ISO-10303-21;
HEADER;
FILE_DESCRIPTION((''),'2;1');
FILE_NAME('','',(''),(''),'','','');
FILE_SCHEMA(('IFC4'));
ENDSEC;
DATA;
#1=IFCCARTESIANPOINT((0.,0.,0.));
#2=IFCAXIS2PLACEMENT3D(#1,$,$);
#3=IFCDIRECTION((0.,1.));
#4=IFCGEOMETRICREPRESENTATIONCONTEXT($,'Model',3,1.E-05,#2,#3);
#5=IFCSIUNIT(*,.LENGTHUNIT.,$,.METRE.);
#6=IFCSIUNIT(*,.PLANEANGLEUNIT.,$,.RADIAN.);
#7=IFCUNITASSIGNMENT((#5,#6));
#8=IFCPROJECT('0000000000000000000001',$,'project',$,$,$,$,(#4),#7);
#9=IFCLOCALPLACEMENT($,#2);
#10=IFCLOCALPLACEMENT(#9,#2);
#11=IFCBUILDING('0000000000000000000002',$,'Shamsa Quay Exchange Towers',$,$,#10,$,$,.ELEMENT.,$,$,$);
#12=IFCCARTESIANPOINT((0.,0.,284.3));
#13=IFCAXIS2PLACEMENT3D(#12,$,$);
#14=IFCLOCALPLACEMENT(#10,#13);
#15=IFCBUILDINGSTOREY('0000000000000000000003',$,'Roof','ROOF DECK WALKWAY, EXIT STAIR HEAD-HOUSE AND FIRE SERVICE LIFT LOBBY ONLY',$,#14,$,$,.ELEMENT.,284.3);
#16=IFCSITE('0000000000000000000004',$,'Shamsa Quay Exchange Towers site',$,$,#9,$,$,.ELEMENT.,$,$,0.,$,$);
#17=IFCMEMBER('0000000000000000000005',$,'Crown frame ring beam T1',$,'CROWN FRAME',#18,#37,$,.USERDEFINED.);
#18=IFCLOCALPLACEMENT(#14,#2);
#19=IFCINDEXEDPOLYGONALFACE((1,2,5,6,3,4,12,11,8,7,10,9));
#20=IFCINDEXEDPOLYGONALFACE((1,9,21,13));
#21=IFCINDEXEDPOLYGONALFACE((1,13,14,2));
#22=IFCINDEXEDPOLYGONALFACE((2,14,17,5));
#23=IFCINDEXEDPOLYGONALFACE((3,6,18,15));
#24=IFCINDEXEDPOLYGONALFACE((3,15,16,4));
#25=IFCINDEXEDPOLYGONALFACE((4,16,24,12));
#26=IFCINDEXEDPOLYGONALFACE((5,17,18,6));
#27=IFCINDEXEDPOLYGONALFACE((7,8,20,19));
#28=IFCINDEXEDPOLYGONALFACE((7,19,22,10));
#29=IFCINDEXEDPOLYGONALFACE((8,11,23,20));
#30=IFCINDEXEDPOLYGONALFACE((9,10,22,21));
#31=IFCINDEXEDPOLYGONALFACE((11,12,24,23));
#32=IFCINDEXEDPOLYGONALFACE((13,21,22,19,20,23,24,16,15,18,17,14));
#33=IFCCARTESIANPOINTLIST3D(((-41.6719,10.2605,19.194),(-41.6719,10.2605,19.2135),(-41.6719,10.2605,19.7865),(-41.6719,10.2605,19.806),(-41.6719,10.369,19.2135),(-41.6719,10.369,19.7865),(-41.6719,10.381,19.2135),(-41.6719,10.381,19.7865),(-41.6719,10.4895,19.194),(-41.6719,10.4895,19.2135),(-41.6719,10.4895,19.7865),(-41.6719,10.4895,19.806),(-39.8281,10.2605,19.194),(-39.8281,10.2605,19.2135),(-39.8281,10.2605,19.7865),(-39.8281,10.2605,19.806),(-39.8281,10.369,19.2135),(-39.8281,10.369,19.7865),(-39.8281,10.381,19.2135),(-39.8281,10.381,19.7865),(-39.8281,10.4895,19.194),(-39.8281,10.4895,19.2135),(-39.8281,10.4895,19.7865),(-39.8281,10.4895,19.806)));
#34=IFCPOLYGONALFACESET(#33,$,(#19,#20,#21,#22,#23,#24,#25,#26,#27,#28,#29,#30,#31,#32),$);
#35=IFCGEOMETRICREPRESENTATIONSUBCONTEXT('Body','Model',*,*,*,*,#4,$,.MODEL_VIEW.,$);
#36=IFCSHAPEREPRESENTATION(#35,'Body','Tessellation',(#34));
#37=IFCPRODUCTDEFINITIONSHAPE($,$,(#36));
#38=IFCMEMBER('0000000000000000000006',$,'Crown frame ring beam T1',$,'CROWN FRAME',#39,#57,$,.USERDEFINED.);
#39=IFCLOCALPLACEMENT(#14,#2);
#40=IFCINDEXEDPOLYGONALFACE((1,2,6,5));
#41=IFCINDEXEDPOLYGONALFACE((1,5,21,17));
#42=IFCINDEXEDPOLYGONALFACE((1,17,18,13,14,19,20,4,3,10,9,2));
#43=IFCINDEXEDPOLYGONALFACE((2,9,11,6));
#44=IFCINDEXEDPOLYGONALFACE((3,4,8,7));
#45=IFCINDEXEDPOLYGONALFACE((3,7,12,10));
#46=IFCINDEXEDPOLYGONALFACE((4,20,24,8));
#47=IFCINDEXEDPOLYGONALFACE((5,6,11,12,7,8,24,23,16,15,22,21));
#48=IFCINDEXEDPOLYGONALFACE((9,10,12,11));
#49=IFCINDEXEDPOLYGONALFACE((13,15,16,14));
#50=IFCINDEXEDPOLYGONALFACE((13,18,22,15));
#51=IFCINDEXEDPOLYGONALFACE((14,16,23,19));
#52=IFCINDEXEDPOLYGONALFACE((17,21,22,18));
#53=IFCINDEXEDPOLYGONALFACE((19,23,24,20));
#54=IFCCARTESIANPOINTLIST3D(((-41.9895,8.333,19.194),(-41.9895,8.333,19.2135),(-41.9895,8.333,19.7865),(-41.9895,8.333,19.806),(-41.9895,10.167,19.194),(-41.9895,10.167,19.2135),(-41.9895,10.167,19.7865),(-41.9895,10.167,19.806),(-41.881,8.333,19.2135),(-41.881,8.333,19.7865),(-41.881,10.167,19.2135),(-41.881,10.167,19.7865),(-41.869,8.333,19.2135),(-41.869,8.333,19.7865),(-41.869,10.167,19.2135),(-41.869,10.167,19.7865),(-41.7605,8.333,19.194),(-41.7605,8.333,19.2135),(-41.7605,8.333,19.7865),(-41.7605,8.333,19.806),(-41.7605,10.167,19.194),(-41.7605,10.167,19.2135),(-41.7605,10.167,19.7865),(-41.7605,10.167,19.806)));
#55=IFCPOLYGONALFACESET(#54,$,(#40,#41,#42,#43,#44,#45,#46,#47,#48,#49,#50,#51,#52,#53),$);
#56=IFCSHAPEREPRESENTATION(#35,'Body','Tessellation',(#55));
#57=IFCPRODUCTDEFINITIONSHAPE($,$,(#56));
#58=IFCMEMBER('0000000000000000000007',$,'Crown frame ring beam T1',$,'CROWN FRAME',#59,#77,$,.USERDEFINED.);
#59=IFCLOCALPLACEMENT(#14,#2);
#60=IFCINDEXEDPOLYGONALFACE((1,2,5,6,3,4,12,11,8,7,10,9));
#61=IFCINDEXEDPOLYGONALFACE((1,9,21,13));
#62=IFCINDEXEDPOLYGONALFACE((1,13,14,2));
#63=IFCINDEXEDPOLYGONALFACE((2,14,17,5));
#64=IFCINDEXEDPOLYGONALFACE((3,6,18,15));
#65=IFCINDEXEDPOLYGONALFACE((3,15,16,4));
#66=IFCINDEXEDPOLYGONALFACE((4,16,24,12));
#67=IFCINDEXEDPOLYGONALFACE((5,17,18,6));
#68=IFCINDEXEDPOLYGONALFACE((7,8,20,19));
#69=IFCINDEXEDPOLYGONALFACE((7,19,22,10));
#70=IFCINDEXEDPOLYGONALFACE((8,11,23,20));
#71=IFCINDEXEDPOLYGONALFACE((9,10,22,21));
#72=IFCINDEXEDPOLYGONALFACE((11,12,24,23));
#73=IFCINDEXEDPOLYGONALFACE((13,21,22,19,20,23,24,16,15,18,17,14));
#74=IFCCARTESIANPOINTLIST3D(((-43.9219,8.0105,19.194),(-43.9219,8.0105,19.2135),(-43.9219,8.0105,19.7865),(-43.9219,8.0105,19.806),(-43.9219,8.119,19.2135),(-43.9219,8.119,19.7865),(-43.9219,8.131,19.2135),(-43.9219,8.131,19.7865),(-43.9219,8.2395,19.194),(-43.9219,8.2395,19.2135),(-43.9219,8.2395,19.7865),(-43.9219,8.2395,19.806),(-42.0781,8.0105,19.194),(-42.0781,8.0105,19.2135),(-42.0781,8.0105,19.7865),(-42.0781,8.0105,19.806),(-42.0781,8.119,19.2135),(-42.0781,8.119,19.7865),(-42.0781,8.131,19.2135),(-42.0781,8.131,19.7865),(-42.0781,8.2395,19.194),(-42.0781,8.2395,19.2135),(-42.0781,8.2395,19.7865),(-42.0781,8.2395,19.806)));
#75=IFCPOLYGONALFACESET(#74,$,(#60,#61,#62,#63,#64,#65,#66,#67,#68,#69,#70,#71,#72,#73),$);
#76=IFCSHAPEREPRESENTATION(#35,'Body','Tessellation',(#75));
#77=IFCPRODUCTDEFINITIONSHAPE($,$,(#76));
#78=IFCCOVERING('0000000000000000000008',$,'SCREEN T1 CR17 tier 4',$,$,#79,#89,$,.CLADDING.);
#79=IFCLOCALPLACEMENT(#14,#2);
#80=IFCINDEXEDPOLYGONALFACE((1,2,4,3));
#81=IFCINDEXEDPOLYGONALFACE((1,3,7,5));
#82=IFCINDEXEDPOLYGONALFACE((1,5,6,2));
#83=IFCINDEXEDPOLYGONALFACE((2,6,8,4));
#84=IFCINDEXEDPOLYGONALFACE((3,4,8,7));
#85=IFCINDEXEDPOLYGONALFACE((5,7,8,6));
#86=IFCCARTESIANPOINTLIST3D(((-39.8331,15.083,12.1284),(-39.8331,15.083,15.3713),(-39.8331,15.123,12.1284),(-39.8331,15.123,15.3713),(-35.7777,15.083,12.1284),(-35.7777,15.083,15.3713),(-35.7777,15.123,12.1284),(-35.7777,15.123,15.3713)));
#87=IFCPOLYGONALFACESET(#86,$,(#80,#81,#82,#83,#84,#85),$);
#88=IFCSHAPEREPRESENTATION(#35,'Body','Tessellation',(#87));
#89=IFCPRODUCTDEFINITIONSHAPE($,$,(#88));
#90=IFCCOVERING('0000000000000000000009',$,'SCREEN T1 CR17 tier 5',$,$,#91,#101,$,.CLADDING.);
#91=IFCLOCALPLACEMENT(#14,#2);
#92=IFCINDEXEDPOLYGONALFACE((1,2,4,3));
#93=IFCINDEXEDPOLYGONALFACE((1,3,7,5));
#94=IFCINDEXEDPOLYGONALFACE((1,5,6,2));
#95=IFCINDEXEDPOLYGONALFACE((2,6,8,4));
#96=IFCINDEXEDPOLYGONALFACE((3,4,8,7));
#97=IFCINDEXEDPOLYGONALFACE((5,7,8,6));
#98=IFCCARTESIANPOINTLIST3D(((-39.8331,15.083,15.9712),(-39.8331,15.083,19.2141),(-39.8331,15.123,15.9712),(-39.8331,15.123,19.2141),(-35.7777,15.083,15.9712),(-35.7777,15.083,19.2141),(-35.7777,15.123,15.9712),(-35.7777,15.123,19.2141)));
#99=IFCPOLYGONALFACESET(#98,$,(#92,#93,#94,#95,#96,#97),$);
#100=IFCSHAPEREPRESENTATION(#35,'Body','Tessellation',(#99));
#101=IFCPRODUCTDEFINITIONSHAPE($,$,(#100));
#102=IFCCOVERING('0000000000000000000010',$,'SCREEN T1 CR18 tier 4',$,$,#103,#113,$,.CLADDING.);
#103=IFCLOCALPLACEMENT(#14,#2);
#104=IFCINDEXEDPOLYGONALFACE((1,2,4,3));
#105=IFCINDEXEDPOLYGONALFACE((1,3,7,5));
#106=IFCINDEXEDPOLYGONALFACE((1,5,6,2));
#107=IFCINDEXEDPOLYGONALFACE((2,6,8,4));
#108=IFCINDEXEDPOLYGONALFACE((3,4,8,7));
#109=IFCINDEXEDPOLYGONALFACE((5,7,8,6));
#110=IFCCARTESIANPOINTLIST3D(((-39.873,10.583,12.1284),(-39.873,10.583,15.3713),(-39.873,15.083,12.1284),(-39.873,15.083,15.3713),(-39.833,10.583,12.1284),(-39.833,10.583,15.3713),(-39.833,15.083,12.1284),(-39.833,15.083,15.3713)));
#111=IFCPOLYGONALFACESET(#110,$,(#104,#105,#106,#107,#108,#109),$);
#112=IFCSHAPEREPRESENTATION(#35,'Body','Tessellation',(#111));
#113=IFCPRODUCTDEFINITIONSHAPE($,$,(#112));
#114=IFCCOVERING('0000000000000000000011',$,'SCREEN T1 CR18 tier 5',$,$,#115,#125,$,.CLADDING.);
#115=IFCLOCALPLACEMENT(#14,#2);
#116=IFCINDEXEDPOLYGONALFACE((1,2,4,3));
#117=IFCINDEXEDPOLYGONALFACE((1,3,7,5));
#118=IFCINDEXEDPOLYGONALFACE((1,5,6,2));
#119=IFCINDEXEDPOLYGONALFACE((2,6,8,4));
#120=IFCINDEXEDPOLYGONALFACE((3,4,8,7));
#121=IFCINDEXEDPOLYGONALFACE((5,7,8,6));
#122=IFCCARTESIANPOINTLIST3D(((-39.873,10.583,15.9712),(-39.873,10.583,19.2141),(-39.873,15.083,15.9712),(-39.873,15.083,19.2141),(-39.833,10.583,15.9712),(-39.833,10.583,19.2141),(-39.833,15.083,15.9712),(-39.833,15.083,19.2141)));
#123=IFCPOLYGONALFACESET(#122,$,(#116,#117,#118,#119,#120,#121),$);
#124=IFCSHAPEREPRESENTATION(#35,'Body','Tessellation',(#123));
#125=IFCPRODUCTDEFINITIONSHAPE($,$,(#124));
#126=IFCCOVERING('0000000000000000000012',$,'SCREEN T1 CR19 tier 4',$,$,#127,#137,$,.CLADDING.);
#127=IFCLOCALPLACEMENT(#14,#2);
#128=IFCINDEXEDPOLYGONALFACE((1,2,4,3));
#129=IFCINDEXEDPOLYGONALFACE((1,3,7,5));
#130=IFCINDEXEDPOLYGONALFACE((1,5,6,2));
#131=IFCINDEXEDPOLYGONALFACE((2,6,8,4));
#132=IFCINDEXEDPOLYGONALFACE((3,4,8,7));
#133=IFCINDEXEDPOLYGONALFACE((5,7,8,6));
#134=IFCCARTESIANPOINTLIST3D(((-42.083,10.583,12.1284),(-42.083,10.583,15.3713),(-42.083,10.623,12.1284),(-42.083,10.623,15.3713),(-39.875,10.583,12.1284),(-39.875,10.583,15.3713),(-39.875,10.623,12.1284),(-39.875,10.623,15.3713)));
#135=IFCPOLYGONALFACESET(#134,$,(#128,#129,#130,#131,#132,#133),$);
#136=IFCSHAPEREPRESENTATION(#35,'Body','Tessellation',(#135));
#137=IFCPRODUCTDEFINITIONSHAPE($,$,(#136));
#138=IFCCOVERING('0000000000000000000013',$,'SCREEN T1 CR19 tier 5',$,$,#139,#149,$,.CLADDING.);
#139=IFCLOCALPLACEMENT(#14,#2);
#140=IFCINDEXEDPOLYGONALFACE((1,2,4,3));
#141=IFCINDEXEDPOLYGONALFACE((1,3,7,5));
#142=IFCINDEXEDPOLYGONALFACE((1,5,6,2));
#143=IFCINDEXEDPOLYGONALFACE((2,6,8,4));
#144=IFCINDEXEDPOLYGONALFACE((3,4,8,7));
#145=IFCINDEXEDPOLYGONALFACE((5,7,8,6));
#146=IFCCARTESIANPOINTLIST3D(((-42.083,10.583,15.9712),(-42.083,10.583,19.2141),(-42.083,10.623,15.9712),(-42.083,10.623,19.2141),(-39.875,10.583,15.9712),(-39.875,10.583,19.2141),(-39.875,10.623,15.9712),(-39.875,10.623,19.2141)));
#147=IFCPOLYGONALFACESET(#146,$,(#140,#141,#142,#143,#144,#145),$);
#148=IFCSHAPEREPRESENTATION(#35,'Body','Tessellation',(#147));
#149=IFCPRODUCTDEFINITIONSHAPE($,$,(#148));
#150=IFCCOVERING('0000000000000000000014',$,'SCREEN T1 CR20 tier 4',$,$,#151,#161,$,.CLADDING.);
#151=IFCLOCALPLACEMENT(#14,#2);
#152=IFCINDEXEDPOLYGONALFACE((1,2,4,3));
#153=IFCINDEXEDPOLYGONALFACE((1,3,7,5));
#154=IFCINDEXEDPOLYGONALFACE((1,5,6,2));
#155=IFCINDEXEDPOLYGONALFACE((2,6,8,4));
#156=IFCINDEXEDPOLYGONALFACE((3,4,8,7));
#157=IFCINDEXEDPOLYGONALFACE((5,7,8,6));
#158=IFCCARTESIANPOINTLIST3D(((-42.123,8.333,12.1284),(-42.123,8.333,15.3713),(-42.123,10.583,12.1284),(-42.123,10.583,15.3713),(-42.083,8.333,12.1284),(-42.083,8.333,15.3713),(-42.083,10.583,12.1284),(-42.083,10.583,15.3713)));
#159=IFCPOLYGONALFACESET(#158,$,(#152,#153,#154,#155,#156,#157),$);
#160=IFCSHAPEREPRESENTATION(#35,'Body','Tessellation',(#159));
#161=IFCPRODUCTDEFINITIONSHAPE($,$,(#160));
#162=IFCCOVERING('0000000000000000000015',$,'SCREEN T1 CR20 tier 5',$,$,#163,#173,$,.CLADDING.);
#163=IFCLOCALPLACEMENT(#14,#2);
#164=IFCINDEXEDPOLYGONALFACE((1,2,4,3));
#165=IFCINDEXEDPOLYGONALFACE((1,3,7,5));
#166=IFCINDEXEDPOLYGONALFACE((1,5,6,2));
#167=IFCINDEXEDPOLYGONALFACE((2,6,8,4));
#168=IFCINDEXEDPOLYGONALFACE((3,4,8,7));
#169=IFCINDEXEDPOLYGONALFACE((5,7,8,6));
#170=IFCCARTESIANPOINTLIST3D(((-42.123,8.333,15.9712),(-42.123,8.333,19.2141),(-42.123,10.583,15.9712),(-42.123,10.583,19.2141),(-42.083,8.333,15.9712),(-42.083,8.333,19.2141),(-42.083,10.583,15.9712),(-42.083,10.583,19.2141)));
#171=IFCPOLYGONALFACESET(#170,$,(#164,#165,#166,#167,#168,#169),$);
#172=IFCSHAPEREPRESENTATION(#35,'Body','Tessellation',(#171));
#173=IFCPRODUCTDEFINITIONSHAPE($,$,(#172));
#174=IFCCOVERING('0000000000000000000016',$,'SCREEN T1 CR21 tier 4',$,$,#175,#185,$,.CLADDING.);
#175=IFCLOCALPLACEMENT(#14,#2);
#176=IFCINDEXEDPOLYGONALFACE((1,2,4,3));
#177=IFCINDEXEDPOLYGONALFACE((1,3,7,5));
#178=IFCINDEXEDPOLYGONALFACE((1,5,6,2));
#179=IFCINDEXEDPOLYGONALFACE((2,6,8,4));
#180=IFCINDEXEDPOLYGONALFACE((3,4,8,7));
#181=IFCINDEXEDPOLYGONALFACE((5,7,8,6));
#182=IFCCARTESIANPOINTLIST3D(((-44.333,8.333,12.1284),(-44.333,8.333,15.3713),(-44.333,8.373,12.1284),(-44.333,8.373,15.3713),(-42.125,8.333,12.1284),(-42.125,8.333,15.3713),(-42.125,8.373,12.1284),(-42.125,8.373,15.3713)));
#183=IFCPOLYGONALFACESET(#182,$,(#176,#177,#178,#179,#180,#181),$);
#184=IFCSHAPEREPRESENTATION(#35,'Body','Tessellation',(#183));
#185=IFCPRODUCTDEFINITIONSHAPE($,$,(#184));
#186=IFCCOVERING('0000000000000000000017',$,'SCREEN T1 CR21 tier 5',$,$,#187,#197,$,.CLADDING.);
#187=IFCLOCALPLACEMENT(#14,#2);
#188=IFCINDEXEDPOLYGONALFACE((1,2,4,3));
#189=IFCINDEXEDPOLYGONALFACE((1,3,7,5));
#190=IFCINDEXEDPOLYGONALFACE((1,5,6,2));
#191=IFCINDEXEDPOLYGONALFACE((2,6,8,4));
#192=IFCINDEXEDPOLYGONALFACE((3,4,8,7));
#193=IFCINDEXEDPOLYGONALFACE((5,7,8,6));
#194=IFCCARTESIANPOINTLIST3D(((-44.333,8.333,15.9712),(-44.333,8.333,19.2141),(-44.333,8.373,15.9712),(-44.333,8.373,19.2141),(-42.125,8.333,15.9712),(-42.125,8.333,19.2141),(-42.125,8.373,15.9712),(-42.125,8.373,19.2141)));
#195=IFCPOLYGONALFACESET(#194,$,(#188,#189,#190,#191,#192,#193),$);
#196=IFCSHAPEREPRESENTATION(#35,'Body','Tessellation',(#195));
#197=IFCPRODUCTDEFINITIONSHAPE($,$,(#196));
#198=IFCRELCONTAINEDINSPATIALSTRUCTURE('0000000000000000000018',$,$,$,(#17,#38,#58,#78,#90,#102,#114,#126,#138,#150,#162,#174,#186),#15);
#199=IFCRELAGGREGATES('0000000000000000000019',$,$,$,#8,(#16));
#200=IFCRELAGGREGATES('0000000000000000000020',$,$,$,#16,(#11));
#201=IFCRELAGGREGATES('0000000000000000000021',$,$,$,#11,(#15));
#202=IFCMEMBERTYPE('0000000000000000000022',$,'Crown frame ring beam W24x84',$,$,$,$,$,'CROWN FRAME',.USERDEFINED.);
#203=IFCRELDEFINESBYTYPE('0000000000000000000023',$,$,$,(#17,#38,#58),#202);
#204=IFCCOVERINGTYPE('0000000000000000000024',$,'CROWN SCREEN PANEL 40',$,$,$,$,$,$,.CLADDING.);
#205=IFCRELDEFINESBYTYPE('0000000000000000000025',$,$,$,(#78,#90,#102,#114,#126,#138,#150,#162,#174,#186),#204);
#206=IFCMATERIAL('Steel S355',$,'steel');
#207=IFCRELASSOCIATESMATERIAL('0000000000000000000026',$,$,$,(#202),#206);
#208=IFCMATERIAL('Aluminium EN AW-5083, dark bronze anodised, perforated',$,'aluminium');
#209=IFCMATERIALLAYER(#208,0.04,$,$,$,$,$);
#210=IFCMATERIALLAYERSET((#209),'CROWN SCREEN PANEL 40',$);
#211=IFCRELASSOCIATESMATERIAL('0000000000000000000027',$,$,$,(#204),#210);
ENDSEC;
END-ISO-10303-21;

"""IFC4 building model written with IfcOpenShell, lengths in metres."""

from ifc_helpers import new_model, si_unit, direction, frame, origin, origin_2d, place, context, subcontext, project, spatial, rectangle, i_section, extrude, material, layer, layer_set, material_profile, profile_set, type_object, element, save


model = new_model("IFC4")

# Units and contexts
model_context = context("Model", 3, precision=1e-05, world=origin(), true_north=direction((0.0, 1.0)))
body_context = subcontext(model_context, "Body", "Model", "MODEL_VIEW")
ifc_project = project(units=[si_unit("LENGTHUNIT", "METRE"), si_unit("PLANEANGLEUNIT", "RADIAN")], contexts=[model_context])

# Site, building, storey
site_placement = place(None, origin())
site = spatial("IfcSite", under=ifc_project, at=site_placement, Name="Shamsa Quay Exchange Towers site", CompositionType="ELEMENT", RefElevation=0.0)
building_placement = place(site_placement, origin())
building = spatial("IfcBuilding", under=site, at=building_placement, Name="Shamsa Quay Exchange Towers", CompositionType="ELEMENT")
storey_placement = place(building_placement, frame((0.0, 0.0, 284.3)))
storey = spatial("IfcBuildingStorey", under=building, at=storey_placement, Name="Roof", Description="ROOF DECK WALKWAY, EXIT STAIR HEAD-HOUSE AND FIRE SERVICE LIFT LOBBY ONLY", CompositionType="ELEMENT", Elevation=284.3)

# Members
ifc_material_1 = material(Name="Steel S355", Category="steel")
ifc_material_profile_1 = material_profile(ifc_material_1, i_section(OverallWidth=0.229, OverallDepth=0.6121, WebThickness=0.012, FlangeThickness=0.0195, at=origin_2d()), Name="W24x84")
ifc_profile_set_1 = profile_set([ifc_material_profile_1], Name="Steel S355")
member_type_1 = type_object("IfcMemberType", Name="Crown frame ring beam W24x84", ElementType="CROWN FRAME", PredefinedType="USERDEFINED", material=ifc_profile_set_1)
member_1_placement = place(storey_placement, frame((-39.8281, 10.375, 19.5), z_axis=(-1.0, 0.0, 0.0), x_axis=(0.0, -1.0, 0.0)))
element("IfcMember", 1, at=member_1_placement, inside=storey, type_object=member_type_1, Name="Crown frame ring beam T1", ObjectType="CROWN FRAME", PredefinedType="USERDEFINED", context=body_context, shape_type="SweptSolid", body=[
    extrude(i_section(OverallWidth=0.229, OverallDepth=0.6121, WebThickness=0.012, FlangeThickness=0.0195, at=origin_2d()), origin(), (0.0, 0.0, 1.0), 1.8438),
])
member_2_placement = place(storey_placement, frame((-41.875, 10.167, 19.5), z_axis=(0.0, -1.0, 0.0), x_axis=(1.0, 0.0, 0.0)))
element("IfcMember", 2, at=member_2_placement, inside=storey, type_object=member_type_1, Name="Crown frame ring beam T1", ObjectType="CROWN FRAME", PredefinedType="USERDEFINED", context=body_context, shape_type="SweptSolid", body=[
    extrude(i_section(OverallWidth=0.229, OverallDepth=0.6121, WebThickness=0.012, FlangeThickness=0.0195, at=origin_2d()), origin(), (0.0, 0.0, 1.0), 1.834),
])
member_3_placement = place(storey_placement, frame((-42.0781, 8.125, 19.5), z_axis=(-1.0, 0.0, 0.0), x_axis=(0.0, -1.0, 0.0)))
element("IfcMember", 3, at=member_3_placement, inside=storey, type_object=member_type_1, Name="Crown frame ring beam T1", ObjectType="CROWN FRAME", PredefinedType="USERDEFINED", context=body_context, shape_type="SweptSolid", body=[
    extrude(i_section(OverallWidth=0.229, OverallDepth=0.6121, WebThickness=0.012, FlangeThickness=0.0195, at=origin_2d()), origin(), (0.0, 0.0, 1.0), 1.8438),
])

# Coverings
ifc_material_2 = material(Name="Aluminium EN AW-5083, dark bronze anodised, perforated", Category="aluminium")
ifc_layer = layer(ifc_material_2, 0.04)
ifc_layer_set = layer_set([ifc_layer], Name="CROWN SCREEN PANEL 40")
covering_type = type_object("IfcCoveringType", Name="CROWN SCREEN PANEL 40", PredefinedType="CLADDING", material=ifc_layer_set)
for number, where, z_axis, x_axis, name in (
    (4, (-37.8054, 15.103, 12.1284), (0.0, 0.0, 1.0), (-1.0, 0.0, 0.0), "SCREEN T1 CR17 tier 4"),
    (5, (-37.8054, 15.103, 15.9712), (0.0, 0.0, 1.0), (-1.0, 0.0, 0.0), "SCREEN T1 CR17 tier 5"),
):
    element("IfcCovering", number, at=place(storey_placement, frame(where, z_axis=z_axis, x_axis=x_axis)), inside=storey, type_object=covering_type, Name=name, PredefinedType="CLADDING", context=body_context, shape_type="SweptSolid", body=[
        extrude(rectangle(XDim=4.0554, YDim=0.04, at=origin_2d()), origin(), (0.0, 0.0, 1.0), 3.2429),
    ])
for number, where, z_axis, x_axis, name in (
    (6, (-39.853, 12.833, 12.1284), (0.0, 0.0, 1.0), (0.0, -1.0, 0.0), "SCREEN T1 CR18 tier 4"),
    (7, (-39.853, 12.833, 15.9712), (0.0, 0.0, 1.0), (0.0, -1.0, 0.0), "SCREEN T1 CR18 tier 5"),
):
    element("IfcCovering", number, at=place(storey_placement, frame(where, z_axis=z_axis, x_axis=x_axis)), inside=storey, type_object=covering_type, Name=name, PredefinedType="CLADDING", context=body_context, shape_type="SweptSolid", body=[
        extrude(rectangle(XDim=4.5, YDim=0.04, at=origin_2d()), origin(), (0.0, 0.0, 1.0), 3.2429),
    ])
for number, where, z_axis, x_axis, name in (
    (8, (-40.979, 10.603, 12.1284), (0.0, 0.0, 1.0), (-1.0, 0.0, 0.0), "SCREEN T1 CR19 tier 4"),
    (9, (-40.979, 10.603, 15.9712), (0.0, 0.0, 1.0), (-1.0, 0.0, 0.0), "SCREEN T1 CR19 tier 5"),
):
    element("IfcCovering", number, at=place(storey_placement, frame(where, z_axis=z_axis, x_axis=x_axis)), inside=storey, type_object=covering_type, Name=name, PredefinedType="CLADDING", context=body_context, shape_type="SweptSolid", body=[
        extrude(rectangle(XDim=2.208, YDim=0.04, at=origin_2d()), origin(), (0.0, 0.0, 1.0), 3.2429),
    ])
for number, where, z_axis, x_axis, name in (
    (10, (-42.103, 9.458, 12.1284), (0.0, 0.0, 1.0), (0.0, -1.0, 0.0), "SCREEN T1 CR20 tier 4"),
    (11, (-42.103, 9.458, 15.9712), (0.0, 0.0, 1.0), (0.0, -1.0, 0.0), "SCREEN T1 CR20 tier 5"),
):
    element("IfcCovering", number, at=place(storey_placement, frame(where, z_axis=z_axis, x_axis=x_axis)), inside=storey, type_object=covering_type, Name=name, PredefinedType="CLADDING", context=body_context, shape_type="SweptSolid", body=[
        extrude(rectangle(XDim=2.25, YDim=0.04, at=origin_2d()), origin(), (0.0, 0.0, 1.0), 3.2429),
    ])
for number, where, z_axis, x_axis, name in (
    (12, (-43.229, 8.353, 12.1284), (0.0, 0.0, 1.0), (-1.0, 0.0, 0.0), "SCREEN T1 CR21 tier 4"),
    (13, (-43.229, 8.353, 15.9712), (0.0, 0.0, 1.0), (-1.0, 0.0, 0.0), "SCREEN T1 CR21 tier 5"),
):
    element("IfcCovering", number, at=place(storey_placement, frame(where, z_axis=z_axis, x_axis=x_axis)), inside=storey, type_object=covering_type, Name=name, PredefinedType="CLADDING", context=body_context, shape_type="SweptSolid", body=[
        extrude(rectangle(XDim=2.208, YDim=0.04, at=origin_2d()), origin(), (0.0, 0.0, 1.0), 3.2429),
    ])

save(model, "model.ifc")
